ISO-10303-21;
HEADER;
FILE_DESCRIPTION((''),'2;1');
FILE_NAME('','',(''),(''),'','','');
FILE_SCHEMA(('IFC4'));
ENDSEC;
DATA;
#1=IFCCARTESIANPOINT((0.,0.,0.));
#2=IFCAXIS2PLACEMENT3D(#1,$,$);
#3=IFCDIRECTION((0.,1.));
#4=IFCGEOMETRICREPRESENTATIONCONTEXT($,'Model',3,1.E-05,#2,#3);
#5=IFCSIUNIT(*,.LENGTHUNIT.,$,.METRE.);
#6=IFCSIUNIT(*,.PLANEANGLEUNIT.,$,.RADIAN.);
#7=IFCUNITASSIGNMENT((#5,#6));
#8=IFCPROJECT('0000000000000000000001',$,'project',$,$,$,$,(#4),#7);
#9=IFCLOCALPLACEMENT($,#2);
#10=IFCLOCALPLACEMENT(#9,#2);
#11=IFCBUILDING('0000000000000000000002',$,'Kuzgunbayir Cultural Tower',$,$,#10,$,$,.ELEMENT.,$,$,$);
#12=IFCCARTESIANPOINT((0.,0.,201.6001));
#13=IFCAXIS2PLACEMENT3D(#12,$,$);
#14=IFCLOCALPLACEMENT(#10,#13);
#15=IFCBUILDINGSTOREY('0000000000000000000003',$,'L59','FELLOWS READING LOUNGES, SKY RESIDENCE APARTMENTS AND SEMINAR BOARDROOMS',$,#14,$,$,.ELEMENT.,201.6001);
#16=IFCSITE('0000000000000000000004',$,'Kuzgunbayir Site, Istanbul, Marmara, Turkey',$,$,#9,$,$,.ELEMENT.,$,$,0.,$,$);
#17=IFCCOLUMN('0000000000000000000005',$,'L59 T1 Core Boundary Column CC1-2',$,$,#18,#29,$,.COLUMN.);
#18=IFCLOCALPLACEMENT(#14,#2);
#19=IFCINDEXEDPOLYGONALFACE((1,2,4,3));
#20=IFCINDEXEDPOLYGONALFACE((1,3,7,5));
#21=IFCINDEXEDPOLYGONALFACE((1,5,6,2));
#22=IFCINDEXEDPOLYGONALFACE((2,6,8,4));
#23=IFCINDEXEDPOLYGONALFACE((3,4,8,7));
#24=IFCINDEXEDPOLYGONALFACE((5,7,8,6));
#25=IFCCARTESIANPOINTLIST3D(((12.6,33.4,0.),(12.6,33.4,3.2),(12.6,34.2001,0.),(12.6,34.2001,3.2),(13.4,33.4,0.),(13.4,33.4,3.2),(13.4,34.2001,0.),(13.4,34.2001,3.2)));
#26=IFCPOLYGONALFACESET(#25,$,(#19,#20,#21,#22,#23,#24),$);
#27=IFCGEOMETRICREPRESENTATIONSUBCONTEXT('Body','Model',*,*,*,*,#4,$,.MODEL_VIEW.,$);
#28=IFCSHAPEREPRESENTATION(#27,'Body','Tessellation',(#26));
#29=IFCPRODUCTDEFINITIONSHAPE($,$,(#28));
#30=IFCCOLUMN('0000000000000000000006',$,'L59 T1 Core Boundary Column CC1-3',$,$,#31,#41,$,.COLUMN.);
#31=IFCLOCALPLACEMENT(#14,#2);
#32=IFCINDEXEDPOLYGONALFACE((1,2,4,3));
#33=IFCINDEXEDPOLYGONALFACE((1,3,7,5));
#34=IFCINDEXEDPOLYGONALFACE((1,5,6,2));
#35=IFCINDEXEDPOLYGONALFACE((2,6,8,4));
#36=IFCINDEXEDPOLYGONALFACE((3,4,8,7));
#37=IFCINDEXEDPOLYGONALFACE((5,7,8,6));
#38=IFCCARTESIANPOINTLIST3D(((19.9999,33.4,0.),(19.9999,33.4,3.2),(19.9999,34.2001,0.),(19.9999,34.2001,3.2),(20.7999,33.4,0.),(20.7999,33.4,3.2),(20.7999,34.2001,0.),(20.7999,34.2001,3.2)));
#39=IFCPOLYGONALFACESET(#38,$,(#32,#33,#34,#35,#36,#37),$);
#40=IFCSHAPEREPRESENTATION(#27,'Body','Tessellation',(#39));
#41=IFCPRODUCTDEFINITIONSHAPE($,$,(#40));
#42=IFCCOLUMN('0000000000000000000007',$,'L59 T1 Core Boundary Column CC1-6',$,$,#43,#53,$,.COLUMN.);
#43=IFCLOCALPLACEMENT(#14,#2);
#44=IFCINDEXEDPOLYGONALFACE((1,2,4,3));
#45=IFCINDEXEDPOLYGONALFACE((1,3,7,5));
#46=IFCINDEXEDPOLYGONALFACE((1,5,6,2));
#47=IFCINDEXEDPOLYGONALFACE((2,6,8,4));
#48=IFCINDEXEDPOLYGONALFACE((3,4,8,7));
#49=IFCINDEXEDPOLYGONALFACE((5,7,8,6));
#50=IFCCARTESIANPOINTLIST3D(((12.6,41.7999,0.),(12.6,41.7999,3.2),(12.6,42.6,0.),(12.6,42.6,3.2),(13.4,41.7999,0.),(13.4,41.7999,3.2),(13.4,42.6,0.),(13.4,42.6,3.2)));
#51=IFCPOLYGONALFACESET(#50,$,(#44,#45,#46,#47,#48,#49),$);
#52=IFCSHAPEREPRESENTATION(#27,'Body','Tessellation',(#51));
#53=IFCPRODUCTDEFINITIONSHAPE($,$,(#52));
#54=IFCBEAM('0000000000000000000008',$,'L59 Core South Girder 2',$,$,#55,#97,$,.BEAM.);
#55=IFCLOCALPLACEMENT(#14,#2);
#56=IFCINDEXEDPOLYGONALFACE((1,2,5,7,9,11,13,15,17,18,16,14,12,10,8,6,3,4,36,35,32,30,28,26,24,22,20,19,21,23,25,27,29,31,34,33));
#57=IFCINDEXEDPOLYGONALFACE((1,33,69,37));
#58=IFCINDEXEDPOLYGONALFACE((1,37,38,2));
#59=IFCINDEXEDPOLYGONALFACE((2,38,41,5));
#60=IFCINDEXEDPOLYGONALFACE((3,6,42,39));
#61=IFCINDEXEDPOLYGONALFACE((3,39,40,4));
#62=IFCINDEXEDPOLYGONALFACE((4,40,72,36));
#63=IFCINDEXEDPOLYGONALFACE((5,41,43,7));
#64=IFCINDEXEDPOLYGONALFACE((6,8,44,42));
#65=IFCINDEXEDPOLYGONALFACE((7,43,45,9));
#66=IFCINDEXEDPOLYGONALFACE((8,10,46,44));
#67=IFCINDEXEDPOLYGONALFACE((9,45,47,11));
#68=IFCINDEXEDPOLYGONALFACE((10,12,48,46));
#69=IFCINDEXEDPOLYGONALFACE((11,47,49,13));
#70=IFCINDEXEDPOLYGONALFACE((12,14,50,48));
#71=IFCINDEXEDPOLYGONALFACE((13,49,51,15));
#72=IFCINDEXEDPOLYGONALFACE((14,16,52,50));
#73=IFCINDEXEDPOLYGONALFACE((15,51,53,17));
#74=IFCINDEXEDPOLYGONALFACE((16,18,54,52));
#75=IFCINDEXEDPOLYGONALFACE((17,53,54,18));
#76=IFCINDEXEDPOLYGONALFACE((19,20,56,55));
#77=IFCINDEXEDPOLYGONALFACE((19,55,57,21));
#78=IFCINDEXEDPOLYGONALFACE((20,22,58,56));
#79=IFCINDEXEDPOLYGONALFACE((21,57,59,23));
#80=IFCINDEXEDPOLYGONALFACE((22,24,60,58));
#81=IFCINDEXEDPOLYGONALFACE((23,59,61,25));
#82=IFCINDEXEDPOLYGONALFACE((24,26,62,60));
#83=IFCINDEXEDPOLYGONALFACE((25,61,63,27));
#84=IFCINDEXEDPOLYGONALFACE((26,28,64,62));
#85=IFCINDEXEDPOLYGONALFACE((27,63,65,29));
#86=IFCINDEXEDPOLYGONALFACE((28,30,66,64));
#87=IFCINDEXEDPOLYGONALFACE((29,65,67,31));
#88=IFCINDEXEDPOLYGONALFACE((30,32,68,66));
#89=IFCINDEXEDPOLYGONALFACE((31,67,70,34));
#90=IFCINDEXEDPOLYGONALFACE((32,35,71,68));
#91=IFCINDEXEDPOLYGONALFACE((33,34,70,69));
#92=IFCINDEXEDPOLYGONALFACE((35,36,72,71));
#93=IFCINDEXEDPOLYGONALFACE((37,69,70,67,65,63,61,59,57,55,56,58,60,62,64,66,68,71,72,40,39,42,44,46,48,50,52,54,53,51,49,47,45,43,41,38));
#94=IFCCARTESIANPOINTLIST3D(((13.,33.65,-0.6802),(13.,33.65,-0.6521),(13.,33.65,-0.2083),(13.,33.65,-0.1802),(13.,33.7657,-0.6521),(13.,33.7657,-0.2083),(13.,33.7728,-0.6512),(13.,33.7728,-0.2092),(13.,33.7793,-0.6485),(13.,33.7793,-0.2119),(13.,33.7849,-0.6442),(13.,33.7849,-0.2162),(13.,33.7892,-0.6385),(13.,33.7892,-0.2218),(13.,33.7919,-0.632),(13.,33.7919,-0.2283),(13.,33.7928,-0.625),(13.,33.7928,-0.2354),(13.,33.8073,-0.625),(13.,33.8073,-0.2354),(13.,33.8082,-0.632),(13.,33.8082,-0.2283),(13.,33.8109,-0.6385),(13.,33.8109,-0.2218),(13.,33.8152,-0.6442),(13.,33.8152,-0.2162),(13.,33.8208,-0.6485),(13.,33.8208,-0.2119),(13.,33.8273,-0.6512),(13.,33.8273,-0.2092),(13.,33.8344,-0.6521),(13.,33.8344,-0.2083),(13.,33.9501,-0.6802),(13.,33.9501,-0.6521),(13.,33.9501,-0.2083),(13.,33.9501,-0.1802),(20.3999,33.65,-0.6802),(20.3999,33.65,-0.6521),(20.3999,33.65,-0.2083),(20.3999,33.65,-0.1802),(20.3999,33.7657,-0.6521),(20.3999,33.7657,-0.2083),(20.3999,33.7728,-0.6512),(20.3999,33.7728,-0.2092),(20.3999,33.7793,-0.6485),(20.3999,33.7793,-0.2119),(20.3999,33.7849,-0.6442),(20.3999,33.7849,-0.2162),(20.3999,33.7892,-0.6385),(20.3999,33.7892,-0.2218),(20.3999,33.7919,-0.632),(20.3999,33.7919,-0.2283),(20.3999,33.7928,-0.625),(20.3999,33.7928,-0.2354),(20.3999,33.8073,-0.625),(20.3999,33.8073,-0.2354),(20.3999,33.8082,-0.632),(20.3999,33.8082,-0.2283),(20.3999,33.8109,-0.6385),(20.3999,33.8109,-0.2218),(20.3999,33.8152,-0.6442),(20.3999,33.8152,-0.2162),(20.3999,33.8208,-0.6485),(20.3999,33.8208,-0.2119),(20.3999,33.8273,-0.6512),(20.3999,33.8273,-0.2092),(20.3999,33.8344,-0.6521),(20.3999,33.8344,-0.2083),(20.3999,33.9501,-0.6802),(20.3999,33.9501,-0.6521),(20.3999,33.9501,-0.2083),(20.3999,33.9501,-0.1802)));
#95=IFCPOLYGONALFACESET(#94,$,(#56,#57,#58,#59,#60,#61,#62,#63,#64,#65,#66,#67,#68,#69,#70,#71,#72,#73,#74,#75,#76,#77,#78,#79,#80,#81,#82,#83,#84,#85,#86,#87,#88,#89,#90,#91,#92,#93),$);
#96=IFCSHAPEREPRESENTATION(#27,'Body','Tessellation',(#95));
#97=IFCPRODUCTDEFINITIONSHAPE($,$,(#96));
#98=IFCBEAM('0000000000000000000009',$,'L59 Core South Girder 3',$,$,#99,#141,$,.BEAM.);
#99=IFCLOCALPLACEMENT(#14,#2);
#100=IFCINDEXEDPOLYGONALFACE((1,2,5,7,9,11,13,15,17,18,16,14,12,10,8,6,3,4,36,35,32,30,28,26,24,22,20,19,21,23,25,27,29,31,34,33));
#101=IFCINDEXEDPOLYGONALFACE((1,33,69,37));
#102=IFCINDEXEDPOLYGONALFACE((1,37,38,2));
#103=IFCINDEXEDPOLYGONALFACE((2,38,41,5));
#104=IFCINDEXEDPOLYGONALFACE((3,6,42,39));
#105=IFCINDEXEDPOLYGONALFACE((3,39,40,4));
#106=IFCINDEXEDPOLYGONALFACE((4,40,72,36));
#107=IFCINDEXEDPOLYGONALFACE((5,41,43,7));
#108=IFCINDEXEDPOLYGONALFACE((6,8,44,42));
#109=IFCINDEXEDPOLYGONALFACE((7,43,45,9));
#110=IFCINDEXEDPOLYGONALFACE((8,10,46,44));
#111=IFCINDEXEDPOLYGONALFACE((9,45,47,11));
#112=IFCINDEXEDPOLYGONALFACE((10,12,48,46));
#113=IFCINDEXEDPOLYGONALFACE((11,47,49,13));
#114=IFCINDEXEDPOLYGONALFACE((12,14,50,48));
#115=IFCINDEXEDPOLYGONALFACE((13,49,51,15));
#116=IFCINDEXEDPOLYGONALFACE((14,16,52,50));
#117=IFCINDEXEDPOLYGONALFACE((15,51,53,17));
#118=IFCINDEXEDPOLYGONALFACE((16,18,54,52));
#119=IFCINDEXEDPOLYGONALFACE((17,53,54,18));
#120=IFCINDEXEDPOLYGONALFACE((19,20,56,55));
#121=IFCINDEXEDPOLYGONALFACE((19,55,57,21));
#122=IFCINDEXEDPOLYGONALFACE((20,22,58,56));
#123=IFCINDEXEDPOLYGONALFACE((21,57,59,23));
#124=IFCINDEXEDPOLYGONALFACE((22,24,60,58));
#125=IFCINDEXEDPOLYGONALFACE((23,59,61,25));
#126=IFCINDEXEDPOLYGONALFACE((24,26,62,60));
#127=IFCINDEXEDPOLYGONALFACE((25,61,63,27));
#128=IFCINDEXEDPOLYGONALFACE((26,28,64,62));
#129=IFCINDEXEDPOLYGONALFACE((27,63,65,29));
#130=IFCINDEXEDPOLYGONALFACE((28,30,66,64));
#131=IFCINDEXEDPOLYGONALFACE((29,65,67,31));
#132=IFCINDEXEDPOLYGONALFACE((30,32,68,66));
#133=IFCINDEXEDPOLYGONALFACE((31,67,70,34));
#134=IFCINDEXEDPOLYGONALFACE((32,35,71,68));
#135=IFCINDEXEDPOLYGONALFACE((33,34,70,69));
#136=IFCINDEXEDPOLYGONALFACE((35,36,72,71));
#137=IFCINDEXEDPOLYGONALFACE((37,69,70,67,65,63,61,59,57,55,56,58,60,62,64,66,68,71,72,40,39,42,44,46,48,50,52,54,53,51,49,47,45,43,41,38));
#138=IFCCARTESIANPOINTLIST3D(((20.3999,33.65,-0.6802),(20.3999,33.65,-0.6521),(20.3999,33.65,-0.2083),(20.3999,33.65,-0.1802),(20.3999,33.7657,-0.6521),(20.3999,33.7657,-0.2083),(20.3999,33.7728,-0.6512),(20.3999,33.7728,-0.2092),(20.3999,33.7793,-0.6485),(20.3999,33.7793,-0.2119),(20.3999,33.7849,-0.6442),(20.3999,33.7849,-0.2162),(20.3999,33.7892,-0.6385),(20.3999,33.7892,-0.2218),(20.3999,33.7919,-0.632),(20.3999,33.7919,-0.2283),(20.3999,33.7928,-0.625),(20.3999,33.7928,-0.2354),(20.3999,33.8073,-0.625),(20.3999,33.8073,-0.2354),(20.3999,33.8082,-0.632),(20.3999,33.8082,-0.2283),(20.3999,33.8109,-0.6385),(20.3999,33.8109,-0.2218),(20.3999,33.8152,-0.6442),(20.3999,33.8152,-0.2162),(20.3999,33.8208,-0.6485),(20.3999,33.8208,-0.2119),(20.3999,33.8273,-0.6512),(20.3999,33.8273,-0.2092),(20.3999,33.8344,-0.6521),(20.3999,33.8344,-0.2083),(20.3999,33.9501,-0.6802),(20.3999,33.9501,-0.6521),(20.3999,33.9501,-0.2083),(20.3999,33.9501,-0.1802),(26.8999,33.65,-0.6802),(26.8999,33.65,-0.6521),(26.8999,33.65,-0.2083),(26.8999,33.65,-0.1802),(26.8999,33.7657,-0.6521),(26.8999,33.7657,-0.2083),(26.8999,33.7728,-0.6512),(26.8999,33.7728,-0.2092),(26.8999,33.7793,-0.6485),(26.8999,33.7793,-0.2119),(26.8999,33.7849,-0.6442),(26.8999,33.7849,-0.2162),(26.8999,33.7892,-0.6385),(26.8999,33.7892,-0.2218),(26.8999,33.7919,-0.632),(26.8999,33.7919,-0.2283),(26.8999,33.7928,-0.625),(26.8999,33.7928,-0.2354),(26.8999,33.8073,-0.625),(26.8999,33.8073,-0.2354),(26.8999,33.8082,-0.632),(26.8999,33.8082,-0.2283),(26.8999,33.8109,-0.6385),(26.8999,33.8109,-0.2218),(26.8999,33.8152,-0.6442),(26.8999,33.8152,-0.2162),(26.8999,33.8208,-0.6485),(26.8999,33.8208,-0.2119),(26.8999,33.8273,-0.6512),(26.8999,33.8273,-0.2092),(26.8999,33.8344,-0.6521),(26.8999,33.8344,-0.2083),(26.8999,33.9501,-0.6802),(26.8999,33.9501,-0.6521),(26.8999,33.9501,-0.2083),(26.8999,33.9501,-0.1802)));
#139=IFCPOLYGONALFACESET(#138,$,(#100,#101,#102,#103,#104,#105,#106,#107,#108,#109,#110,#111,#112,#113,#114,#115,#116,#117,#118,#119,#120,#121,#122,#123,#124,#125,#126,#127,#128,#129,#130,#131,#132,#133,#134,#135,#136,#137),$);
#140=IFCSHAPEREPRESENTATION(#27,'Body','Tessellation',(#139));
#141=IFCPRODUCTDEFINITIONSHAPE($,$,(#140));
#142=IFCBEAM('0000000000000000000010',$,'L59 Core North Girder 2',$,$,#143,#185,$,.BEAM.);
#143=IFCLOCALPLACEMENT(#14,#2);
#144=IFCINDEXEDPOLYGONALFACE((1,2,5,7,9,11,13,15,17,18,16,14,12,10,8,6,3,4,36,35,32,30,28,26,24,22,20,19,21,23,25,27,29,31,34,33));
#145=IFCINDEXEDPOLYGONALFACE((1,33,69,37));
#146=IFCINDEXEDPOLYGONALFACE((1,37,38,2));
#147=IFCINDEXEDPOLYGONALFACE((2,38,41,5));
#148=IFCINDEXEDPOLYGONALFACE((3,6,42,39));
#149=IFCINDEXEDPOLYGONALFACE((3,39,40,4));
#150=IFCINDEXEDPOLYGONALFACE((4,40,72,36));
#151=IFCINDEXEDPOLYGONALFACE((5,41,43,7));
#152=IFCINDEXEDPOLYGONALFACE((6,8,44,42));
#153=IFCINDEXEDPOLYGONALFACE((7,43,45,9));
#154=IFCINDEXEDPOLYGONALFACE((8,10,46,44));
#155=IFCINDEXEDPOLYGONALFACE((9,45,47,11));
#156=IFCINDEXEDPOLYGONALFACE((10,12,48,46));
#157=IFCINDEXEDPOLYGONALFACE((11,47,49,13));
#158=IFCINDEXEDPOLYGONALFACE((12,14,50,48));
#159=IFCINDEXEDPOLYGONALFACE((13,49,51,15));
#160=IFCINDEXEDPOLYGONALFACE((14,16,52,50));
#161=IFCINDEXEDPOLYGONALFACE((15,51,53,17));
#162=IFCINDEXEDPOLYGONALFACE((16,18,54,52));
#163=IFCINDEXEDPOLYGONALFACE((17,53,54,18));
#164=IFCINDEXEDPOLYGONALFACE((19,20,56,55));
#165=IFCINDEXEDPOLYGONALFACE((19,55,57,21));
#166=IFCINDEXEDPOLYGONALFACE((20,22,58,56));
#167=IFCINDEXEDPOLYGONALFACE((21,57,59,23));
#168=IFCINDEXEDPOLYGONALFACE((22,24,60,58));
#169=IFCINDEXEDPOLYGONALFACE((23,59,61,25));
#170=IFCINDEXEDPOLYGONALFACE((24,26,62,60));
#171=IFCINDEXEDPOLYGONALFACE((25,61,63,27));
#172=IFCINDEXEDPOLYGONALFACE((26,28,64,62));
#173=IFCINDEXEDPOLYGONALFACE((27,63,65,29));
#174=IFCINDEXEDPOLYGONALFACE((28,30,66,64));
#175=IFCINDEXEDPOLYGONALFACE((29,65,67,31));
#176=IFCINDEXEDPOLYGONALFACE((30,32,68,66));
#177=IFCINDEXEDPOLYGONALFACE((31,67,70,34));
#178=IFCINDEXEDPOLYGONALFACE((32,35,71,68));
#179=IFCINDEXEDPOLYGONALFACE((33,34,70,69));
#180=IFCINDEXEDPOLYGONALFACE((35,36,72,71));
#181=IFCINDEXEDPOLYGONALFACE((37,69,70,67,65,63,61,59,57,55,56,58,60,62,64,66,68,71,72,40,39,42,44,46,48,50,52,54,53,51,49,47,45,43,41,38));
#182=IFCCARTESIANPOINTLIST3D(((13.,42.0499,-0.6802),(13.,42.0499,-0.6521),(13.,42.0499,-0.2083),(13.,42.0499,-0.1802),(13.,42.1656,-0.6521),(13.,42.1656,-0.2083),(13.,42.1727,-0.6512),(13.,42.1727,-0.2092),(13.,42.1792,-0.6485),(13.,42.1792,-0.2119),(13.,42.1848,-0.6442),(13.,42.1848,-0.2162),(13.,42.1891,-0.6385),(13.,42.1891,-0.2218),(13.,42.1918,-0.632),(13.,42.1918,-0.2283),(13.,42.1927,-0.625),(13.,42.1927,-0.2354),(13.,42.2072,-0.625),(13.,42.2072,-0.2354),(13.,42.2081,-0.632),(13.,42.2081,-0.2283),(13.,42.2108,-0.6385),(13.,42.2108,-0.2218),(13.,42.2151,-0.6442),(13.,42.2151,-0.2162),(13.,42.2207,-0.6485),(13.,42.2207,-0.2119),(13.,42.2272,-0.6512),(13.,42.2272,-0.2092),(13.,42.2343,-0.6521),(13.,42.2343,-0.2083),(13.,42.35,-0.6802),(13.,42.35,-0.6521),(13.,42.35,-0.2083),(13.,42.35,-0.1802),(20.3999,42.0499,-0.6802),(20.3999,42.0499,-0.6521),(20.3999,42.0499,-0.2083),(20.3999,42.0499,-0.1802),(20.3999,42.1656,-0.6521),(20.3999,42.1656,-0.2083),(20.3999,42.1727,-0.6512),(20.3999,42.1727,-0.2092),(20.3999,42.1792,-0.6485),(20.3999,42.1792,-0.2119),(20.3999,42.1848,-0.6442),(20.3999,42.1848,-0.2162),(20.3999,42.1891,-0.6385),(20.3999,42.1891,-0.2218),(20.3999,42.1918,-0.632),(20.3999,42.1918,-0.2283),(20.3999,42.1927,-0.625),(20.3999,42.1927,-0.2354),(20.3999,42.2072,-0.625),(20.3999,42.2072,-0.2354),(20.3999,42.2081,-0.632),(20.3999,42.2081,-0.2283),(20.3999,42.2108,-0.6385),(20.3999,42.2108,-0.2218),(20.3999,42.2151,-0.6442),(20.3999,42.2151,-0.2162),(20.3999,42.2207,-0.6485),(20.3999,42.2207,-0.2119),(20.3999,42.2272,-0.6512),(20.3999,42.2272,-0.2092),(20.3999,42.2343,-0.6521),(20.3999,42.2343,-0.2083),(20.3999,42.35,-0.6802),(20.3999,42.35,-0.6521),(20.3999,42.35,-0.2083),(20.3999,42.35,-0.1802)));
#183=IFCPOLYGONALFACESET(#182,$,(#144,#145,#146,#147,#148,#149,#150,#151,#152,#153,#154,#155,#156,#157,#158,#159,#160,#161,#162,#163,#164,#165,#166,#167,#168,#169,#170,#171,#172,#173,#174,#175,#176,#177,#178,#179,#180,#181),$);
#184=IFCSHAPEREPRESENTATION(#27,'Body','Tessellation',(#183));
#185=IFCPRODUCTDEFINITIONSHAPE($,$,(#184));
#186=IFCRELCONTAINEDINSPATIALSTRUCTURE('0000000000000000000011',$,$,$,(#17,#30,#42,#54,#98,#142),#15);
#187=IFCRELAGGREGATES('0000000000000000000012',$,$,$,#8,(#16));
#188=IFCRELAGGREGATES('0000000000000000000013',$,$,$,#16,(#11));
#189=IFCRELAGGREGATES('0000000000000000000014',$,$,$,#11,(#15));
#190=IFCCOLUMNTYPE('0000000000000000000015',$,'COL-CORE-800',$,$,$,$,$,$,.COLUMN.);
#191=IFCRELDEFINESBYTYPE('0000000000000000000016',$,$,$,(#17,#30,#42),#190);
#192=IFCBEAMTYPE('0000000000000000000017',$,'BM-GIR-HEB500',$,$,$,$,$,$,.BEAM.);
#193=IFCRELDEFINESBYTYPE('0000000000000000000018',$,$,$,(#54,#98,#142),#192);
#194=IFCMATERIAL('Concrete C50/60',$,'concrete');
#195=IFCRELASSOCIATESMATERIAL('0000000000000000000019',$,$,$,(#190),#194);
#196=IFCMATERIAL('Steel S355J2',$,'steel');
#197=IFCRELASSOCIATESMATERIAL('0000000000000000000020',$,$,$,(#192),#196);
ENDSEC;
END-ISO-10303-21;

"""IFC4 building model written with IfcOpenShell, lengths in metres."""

from ifc_helpers import new_model, si_unit, direction, frame, origin, origin_2d, place, context, subcontext, project, spatial, rectangle, i_section, extrude, material, material_profile, profile_set, type_object, element, save


model = new_model("IFC4")

# Units and contexts
model_context = context("Model", 3, precision=1e-05, world=origin(), true_north=direction((0.0, 1.0)))
body_context = subcontext(model_context, "Body", "Model", "MODEL_VIEW")
ifc_project = project(units=[si_unit("LENGTHUNIT", "METRE"), si_unit("PLANEANGLEUNIT", "RADIAN")], contexts=[model_context])

# Site, building, storey
site_placement = place(None, origin())
site = spatial("IfcSite", under=ifc_project, at=site_placement, Name="Kuzgunbayir Site, Istanbul, Marmara, Turkey", CompositionType="ELEMENT", RefElevation=0.0)
building_placement = place(site_placement, origin())
building = spatial("IfcBuilding", under=site, at=building_placement, Name="Kuzgunbayir Cultural Tower", CompositionType="ELEMENT")
storey_placement = place(building_placement, frame((0.0, 0.0, 201.6001)))
storey = spatial("IfcBuildingStorey", under=building, at=storey_placement, Name="L59", Description="FELLOWS READING LOUNGES, SKY RESIDENCE APARTMENTS AND SEMINAR BOARDROOMS", CompositionType="ELEMENT", Elevation=201.6001)

# Columns
ifc_material_1 = material(Name="Concrete C50/60", Category="concrete")
ifc_material_profile_1 = material_profile(ifc_material_1, rectangle(XDim=0.8, YDim=0.8, at=origin_2d()), Name="RC 800x800")
ifc_profile_set_1 = profile_set([ifc_material_profile_1], Name="Concrete C50/60")
column_type = type_object("IfcColumnType", Name="COL-CORE-800", PredefinedType="COLUMN", material=ifc_profile_set_1)
for number, where, z_axis, x_axis, name in (
    (1, (13.0, 33.8, 0.0), (0.0, 0.0, 1.0), (1.0, 0.0, 0.0), "L59 T1 Core Boundary Column CC1-2"),
    (2, (20.3999, 33.8, 0.0), (0.0, 0.0, 1.0), (1.0, 0.0, 0.0), "L59 T1 Core Boundary Column CC1-3"),
    (3, (13.0, 42.2, 0.0), (0.0, 0.0, 1.0), (1.0, 0.0, 0.0), "L59 T1 Core Boundary Column CC1-6"),
):
    element("IfcColumn", number, at=place(storey_placement, frame(where, z_axis=z_axis, x_axis=x_axis)), inside=storey, type_object=column_type, Name=name, PredefinedType="COLUMN", context=body_context, shape_type="SweptSolid", body=[
        extrude(rectangle(XDim=0.8, YDim=0.8, at=origin_2d()), origin(), (0.0, 0.0, 1.0), 3.2),
    ])

# Beams
ifc_material_2 = material(Name="Steel S355J2", Category="steel")
ifc_material_profile_2 = material_profile(ifc_material_2, i_section(OverallWidth=0.3, OverallDepth=0.5, WebThickness=0.0144, FlangeThickness=0.0281, FilletRadius=0.0271, at=origin_2d()), Name="HEB 500")
ifc_profile_set_2 = profile_set([ifc_material_profile_2], Name="Steel S355J2")
beam_type = type_object("IfcBeamType", Name="BM-GIR-HEB500", PredefinedType="BEAM", material=ifc_profile_set_2)
beam_1_placement = place(storey_placement, frame((13.0, 33.8, -0.4302), z_axis=(1.0, 0.0, 0.0), x_axis=(0.0, 1.0, 0.0)))
element("IfcBeam", 4, at=beam_1_placement, inside=storey, type_object=beam_type, Name="L59 Core South Girder 2", PredefinedType="BEAM", context=body_context, shape_type="SweptSolid", body=[
    extrude(i_section(OverallWidth=0.3, OverallDepth=0.5, WebThickness=0.0144, FlangeThickness=0.0281, FilletRadius=0.0271, at=origin_2d()), origin(), (0.0, 0.0, 1.0), 7.3999),
])
beam_2_placement = place(storey_placement, frame((20.3999, 33.8, -0.4302), z_axis=(1.0, 0.0, 0.0), x_axis=(0.0, 1.0, 0.0)))
element("IfcBeam", 5, at=beam_2_placement, inside=storey, type_object=beam_type, Name="L59 Core South Girder 3", PredefinedType="BEAM", context=body_context, shape_type="SweptSolid", body=[
    extrude(i_section(OverallWidth=0.3, OverallDepth=0.5, WebThickness=0.0144, FlangeThickness=0.0281, FilletRadius=0.0271, at=origin_2d()), origin(), (0.0, 0.0, 1.0), 6.5),
])
beam_3_placement = place(storey_placement, frame((13.0, 42.2, -0.4302), z_axis=(1.0, 0.0, 0.0), x_axis=(0.0, 1.0, 0.0)))
element("IfcBeam", 6, at=beam_3_placement, inside=storey, type_object=beam_type, Name="L59 Core North Girder 2", PredefinedType="BEAM", context=body_context, shape_type="SweptSolid", body=[
    extrude(i_section(OverallWidth=0.3, OverallDepth=0.5, WebThickness=0.0144, FlangeThickness=0.0281, FilletRadius=0.0271, at=origin_2d()), origin(), (0.0, 0.0, 1.0), 7.3999),
])

save(model, "model.ifc")
